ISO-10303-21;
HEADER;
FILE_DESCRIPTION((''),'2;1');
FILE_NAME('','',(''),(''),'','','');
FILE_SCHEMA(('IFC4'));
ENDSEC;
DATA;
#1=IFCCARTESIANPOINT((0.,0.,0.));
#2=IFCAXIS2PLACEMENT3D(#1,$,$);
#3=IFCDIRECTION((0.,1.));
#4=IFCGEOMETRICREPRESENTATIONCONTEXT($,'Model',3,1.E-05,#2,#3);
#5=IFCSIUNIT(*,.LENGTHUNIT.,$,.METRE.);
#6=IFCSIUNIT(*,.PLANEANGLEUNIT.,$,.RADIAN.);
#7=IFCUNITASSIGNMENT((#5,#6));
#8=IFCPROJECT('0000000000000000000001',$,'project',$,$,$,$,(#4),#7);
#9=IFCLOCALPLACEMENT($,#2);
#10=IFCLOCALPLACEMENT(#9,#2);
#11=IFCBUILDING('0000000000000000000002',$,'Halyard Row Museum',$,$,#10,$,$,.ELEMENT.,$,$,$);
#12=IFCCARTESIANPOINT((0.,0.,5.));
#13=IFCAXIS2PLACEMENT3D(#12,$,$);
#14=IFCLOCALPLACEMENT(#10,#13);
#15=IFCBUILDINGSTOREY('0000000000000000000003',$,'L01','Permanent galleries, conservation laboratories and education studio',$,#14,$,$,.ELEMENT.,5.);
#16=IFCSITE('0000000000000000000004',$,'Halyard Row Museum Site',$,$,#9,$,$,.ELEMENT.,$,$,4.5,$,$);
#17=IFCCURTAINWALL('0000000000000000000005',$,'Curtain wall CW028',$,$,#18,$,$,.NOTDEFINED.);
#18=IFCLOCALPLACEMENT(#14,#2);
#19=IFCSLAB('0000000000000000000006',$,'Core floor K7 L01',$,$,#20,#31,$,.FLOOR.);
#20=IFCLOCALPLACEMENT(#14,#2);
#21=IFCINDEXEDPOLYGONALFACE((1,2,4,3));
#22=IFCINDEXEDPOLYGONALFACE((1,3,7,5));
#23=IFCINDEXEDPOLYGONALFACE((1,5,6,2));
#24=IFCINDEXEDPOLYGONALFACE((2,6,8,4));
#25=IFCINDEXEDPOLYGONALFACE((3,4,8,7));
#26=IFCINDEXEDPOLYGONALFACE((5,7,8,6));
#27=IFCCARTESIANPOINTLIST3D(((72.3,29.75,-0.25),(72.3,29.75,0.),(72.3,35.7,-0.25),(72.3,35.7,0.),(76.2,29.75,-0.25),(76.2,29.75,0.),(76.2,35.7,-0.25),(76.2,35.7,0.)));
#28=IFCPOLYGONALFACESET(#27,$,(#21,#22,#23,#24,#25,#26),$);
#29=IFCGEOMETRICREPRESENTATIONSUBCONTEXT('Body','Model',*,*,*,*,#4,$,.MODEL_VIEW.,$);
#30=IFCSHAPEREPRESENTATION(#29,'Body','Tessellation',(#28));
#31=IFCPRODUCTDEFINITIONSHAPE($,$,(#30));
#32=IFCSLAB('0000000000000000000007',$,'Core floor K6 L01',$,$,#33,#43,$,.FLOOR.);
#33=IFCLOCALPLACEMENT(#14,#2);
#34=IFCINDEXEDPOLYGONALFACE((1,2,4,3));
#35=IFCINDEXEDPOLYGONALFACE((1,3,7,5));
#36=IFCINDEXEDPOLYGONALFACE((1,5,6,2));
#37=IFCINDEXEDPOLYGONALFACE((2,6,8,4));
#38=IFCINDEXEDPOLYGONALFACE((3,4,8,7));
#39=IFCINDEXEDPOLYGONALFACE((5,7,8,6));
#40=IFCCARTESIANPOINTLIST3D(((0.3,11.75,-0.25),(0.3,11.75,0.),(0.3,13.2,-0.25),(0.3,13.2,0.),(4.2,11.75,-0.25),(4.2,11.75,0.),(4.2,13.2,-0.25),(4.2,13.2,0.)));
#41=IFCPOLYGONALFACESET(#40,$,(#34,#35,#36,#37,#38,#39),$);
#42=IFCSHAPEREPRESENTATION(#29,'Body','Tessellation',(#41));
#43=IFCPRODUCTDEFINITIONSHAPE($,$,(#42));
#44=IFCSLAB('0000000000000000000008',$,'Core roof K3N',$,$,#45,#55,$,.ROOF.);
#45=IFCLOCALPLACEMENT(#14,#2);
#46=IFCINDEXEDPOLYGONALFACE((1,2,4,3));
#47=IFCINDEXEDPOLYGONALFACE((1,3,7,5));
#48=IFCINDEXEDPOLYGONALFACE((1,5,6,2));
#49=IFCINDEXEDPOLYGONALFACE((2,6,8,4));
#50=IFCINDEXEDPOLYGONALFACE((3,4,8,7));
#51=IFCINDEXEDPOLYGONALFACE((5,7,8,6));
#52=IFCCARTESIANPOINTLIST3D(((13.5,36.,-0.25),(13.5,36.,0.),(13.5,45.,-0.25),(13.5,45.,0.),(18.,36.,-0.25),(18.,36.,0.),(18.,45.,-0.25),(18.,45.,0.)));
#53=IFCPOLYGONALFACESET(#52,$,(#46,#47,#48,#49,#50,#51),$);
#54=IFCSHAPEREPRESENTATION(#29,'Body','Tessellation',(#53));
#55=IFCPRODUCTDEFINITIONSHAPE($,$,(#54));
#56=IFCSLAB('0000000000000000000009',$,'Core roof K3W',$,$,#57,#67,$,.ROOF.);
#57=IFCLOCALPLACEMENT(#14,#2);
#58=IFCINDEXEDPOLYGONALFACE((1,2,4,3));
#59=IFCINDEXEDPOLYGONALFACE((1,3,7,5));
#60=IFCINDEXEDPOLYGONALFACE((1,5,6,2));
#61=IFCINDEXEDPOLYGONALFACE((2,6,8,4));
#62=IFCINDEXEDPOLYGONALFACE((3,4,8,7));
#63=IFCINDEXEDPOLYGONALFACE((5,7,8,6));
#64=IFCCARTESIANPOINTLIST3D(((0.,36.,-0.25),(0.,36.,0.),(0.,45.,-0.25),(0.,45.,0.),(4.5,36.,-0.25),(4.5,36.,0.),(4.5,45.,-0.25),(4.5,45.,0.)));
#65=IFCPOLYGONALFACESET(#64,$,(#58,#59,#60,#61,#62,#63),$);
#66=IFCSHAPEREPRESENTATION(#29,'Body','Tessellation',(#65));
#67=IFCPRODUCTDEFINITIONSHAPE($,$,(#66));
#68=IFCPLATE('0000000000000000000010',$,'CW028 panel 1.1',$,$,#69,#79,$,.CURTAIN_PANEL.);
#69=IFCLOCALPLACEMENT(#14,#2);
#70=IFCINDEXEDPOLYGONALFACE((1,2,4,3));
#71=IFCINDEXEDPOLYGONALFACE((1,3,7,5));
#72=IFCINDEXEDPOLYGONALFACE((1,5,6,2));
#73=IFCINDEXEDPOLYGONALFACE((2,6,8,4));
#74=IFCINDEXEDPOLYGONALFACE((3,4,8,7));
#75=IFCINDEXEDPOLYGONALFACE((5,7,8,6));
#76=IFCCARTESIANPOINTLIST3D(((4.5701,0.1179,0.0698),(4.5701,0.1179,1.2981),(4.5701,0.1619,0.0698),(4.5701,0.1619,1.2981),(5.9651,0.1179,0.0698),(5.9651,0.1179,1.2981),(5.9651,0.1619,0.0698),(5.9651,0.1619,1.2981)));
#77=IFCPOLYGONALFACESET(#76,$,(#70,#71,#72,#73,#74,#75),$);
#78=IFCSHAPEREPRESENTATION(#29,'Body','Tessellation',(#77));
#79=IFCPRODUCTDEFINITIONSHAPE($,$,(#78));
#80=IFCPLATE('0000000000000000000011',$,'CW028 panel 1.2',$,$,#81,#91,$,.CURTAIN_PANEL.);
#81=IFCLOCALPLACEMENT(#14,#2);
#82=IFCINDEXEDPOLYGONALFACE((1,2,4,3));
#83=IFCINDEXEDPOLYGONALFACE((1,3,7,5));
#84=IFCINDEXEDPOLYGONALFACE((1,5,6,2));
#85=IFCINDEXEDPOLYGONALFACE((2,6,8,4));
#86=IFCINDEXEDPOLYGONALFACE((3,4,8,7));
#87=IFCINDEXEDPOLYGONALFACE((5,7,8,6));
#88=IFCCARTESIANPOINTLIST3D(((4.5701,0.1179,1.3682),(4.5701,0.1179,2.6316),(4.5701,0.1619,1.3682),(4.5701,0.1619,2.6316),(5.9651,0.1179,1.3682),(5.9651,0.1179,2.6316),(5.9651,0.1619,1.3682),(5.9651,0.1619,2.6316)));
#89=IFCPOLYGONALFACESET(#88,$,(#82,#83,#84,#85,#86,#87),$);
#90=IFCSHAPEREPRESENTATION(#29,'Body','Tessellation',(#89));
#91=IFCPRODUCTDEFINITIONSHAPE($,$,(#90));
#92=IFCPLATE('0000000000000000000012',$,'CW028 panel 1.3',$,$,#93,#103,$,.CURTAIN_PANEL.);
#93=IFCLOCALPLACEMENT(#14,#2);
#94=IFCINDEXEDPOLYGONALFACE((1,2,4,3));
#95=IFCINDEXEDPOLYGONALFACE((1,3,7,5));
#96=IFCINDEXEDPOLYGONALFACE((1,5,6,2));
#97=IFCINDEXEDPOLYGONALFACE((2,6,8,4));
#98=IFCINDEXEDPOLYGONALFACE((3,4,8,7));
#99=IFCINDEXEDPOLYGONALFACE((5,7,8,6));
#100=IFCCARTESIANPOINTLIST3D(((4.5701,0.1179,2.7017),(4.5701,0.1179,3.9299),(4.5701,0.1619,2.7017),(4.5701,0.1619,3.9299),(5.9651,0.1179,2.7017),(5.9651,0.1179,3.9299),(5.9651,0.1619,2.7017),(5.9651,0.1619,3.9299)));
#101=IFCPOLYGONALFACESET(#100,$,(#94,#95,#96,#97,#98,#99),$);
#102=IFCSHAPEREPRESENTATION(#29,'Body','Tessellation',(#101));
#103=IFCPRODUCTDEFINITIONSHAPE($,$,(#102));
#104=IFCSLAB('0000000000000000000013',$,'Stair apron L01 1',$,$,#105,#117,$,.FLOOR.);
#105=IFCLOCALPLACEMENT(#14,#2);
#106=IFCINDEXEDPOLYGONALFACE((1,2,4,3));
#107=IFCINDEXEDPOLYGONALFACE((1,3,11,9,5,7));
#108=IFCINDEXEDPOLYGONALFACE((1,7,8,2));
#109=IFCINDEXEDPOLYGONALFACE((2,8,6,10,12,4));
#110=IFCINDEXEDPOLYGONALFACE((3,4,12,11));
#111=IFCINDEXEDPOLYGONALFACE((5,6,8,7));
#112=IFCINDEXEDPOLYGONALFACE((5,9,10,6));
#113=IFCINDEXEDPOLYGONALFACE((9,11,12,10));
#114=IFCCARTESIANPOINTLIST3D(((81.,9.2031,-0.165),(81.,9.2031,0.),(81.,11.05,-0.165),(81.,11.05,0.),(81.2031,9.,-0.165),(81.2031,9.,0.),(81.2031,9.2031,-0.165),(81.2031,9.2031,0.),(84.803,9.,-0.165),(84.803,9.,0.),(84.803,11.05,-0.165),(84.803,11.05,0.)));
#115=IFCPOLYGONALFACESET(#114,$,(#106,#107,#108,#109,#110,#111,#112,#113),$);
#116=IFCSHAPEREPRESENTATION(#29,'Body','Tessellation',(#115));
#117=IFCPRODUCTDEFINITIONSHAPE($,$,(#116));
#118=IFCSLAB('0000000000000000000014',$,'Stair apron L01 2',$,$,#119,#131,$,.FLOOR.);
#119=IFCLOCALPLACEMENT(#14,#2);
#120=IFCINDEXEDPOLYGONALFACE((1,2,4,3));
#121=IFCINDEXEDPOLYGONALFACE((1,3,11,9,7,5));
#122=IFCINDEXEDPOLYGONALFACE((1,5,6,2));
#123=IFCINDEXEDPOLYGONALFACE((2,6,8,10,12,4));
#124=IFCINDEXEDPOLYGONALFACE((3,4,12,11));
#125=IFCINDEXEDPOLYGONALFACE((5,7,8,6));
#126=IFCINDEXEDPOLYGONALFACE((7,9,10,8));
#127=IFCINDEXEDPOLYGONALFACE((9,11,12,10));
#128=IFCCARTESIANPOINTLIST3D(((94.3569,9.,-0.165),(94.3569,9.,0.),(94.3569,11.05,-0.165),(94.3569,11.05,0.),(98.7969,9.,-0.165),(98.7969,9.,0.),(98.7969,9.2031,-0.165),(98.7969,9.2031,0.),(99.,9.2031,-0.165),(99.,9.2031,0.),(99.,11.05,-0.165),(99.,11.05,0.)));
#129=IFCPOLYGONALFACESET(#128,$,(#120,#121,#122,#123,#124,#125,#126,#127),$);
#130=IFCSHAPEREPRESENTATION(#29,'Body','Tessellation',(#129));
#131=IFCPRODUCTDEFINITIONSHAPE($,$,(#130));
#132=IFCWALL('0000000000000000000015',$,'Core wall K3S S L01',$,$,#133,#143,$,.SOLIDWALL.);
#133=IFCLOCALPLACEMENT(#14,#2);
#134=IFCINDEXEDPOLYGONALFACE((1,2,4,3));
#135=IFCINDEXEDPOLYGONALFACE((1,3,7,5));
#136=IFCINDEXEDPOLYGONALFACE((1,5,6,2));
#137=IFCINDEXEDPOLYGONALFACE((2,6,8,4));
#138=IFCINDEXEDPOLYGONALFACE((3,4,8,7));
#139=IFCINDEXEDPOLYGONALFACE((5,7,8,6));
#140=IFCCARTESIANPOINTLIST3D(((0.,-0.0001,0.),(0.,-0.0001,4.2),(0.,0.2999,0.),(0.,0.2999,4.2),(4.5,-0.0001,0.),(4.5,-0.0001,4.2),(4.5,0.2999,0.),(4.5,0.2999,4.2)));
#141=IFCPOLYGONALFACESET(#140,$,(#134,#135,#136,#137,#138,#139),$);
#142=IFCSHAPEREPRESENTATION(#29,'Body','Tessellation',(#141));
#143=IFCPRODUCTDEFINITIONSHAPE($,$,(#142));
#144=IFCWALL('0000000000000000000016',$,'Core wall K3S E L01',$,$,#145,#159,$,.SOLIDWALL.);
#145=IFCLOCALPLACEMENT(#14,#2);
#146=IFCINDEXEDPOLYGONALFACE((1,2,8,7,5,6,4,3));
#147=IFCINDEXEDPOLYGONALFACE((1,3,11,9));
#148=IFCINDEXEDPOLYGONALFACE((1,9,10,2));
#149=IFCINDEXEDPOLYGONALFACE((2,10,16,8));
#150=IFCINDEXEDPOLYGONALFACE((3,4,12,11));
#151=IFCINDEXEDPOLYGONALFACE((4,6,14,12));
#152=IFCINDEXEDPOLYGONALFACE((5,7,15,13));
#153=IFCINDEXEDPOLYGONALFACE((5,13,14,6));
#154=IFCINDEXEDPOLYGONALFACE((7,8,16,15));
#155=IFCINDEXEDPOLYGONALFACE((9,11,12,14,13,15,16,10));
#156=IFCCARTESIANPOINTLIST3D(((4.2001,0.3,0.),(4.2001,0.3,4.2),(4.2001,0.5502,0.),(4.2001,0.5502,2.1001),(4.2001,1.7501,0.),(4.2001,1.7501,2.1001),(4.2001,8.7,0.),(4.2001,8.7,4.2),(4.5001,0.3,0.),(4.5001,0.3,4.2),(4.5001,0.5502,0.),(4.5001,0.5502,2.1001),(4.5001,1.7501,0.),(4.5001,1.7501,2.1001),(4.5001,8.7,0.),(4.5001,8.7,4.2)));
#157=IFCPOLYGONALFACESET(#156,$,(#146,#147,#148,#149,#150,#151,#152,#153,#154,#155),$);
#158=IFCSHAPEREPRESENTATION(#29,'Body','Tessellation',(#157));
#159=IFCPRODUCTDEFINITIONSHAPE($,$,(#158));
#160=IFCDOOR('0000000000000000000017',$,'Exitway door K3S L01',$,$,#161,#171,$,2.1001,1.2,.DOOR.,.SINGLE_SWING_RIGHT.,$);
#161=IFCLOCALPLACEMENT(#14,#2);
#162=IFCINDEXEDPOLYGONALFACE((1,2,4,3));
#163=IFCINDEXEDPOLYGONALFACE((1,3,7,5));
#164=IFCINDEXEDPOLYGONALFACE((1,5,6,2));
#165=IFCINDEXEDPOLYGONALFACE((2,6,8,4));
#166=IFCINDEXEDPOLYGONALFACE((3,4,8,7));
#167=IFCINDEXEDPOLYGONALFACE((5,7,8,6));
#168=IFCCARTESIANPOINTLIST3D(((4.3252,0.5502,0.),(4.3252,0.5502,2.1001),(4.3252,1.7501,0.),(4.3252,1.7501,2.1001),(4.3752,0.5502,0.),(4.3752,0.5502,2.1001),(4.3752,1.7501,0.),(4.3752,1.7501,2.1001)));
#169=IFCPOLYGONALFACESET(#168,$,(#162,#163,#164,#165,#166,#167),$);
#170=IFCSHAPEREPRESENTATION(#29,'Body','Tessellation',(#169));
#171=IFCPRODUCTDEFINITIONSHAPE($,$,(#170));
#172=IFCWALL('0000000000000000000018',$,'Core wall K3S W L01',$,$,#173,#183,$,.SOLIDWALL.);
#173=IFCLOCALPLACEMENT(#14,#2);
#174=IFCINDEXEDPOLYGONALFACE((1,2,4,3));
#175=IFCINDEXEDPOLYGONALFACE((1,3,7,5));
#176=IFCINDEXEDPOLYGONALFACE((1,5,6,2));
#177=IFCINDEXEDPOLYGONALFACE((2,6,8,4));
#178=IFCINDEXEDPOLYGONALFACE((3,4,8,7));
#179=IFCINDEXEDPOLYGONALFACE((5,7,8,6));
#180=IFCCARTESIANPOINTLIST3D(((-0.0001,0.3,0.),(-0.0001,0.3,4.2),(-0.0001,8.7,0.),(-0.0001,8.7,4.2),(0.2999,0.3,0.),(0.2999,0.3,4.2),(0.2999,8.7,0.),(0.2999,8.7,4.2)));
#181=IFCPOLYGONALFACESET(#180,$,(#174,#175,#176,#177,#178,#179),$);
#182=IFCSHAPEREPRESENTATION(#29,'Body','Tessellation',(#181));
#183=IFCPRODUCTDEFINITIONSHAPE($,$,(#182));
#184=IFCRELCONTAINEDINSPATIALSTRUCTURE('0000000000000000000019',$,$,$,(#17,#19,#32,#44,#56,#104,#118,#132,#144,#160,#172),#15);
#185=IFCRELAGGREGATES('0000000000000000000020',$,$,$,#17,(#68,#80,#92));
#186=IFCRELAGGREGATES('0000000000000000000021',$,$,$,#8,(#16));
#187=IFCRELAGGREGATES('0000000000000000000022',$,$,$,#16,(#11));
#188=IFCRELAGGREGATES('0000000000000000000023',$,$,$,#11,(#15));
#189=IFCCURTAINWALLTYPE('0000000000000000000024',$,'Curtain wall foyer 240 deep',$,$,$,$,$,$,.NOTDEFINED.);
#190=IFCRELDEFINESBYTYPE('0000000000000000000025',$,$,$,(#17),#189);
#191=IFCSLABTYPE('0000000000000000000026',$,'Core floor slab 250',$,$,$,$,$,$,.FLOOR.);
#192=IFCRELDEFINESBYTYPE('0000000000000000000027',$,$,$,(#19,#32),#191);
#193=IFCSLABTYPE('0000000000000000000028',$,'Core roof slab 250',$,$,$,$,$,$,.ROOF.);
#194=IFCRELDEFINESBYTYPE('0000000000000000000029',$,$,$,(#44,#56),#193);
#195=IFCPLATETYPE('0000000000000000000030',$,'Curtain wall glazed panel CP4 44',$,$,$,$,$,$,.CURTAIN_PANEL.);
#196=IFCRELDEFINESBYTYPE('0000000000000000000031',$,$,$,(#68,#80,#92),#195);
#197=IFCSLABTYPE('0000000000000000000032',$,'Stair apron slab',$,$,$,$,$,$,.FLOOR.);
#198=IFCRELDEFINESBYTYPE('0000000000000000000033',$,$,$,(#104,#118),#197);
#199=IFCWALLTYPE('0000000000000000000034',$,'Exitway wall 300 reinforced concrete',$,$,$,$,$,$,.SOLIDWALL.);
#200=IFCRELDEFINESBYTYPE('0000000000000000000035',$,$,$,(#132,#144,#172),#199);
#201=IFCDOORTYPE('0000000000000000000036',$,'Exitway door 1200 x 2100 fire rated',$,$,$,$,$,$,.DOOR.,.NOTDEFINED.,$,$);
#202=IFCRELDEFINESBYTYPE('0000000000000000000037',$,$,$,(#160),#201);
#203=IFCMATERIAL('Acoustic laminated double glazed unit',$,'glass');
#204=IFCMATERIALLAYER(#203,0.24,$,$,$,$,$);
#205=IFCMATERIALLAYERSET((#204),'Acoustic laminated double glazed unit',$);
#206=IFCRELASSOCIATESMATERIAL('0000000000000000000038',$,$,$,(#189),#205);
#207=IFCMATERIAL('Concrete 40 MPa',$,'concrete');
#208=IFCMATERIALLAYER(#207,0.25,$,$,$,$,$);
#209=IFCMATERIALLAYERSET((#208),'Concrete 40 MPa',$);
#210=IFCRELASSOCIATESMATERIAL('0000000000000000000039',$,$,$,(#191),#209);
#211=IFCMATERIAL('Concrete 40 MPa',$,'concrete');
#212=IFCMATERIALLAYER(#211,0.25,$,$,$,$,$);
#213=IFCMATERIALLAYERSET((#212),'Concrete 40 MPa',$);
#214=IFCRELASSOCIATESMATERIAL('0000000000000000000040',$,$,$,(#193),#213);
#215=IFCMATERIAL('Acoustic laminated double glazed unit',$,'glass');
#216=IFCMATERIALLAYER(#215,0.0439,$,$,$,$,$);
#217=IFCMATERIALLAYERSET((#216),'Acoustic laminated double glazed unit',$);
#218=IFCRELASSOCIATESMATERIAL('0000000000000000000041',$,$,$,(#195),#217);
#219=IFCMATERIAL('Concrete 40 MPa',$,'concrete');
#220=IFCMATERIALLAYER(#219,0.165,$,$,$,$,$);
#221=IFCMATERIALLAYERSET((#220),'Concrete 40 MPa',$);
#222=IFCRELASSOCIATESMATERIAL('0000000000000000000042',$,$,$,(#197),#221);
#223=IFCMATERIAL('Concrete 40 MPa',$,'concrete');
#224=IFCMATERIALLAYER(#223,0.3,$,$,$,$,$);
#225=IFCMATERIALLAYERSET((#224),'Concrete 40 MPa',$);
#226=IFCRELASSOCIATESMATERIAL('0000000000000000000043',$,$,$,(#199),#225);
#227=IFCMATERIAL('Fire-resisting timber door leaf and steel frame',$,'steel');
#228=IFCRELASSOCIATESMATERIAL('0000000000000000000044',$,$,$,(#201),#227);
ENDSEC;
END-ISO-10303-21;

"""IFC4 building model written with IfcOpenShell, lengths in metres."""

from ifc_helpers import new_model, si_unit, direction, frame, frame_2d, origin, origin_2d, place, context, subcontext, project, spatial, polyline, rectangle, outline, extrude, material, layer, layer_set, type_object, element, fill, aggregate, save


model = new_model("IFC4")

# Units and contexts
model_context = context("Model", 3, precision=1e-05, world=origin(), true_north=direction((0.0, 1.0)))
body_context = subcontext(model_context, "Body", "Model", "MODEL_VIEW")
ifc_project = project(units=[si_unit("LENGTHUNIT", "METRE"), si_unit("PLANEANGLEUNIT", "RADIAN")], contexts=[model_context])

# Site, building, storey
site_placement = place(None, origin())
site = spatial("IfcSite", under=ifc_project, at=site_placement, Name="Halyard Row Museum Site", CompositionType="ELEMENT", RefElevation=4.5)
building_placement = place(site_placement, origin())
building = spatial("IfcBuilding", under=site, at=building_placement, Name="Halyard Row Museum", CompositionType="ELEMENT")
storey_placement = place(building_placement, frame((0.0, 0.0, 5.0)))
storey = spatial("IfcBuildingStorey", under=building, at=storey_placement, Name="L01", Description="Permanent galleries, conservation laboratories and education studio", CompositionType="ELEMENT", Elevation=5.0)

# Curtain wall
ifc_material_1 = material(Name="Acoustic laminated double glazed unit", Category="glass")
ifc_layer_1 = layer(ifc_material_1, 0.24)
ifc_layer_set_1 = layer_set([ifc_layer_1], Name="Acoustic laminated double glazed unit")
curtain_wall_type = type_object("IfcCurtainWallType", Name="Curtain wall foyer 240 deep", PredefinedType="NOTDEFINED", material=ifc_layer_set_1)
curtain_wall_placement = place(storey_placement, origin())
curtain_wall = element("IfcCurtainWall", 1, at=curtain_wall_placement, inside=storey, type_object=curtain_wall_type, Name="Curtain wall CW028", PredefinedType="NOTDEFINED")

# Slabs
ifc_material_2 = material(Name="Concrete 40 MPa", Category="concrete")
ifc_layer_2 = layer(ifc_material_2, 0.25)
ifc_layer_set_2 = layer_set([ifc_layer_2], Name="Concrete 40 MPa")
slab_type_1 = type_object("IfcSlabType", Name="Core floor slab 250", PredefinedType="FLOOR", material=ifc_layer_set_2)
slab_1_placement = place(storey_placement, frame((0.0, 0.0, -0.25)))
element("IfcSlab", 2, at=slab_1_placement, inside=storey, type_object=slab_type_1, Name="Core floor K7 L01", PredefinedType="FLOOR", context=body_context, shape_type="SweptSolid", body=[
    extrude(outline(polyline([(76.2, 35.7), (72.3, 35.7), (72.3, 29.75), (76.2, 29.75), (76.2, 35.7)])), origin(), (0.0, 0.0, 1.0), 0.25),
])
slab_2_placement = place(storey_placement, frame((0.0, 0.0, -0.25)))
element("IfcSlab", 3, at=slab_2_placement, inside=storey, type_object=slab_type_1, Name="Core floor K6 L01", PredefinedType="FLOOR", context=body_context, shape_type="SweptSolid", body=[
    extrude(outline(polyline([(4.2, 13.2), (0.3, 13.2), (0.3, 11.75), (4.2, 11.75), (4.2, 13.2)])), origin(), (0.0, 0.0, 1.0), 0.25),
])
ifc_material_3 = material(Name="Concrete 40 MPa", Category="concrete")
ifc_layer_3 = layer(ifc_material_3, 0.25)
ifc_layer_set_3 = layer_set([ifc_layer_3], Name="Concrete 40 MPa")
slab_type_2 = type_object("IfcSlabType", Name="Core roof slab 250", PredefinedType="ROOF", material=ifc_layer_set_3)
slab_3_placement = place(storey_placement, frame((0.0, 0.0, -0.25)))
element("IfcSlab", 4, at=slab_3_placement, inside=storey, type_object=slab_type_2, Name="Core roof K3N", PredefinedType="ROOF", context=body_context, shape_type="SweptSolid", body=[
    extrude(outline(polyline([(13.5, 36.0), (18.0, 36.0), (18.0, 45.0), (13.5, 45.0), (13.5, 36.0)])), origin(), (0.0, 0.0, 1.0), 0.25),
])
slab_4_placement = place(storey_placement, frame((0.0, 0.0, -0.25)))
element("IfcSlab", 5, at=slab_4_placement, inside=storey, type_object=slab_type_2, Name="Core roof K3W", PredefinedType="ROOF", context=body_context, shape_type="SweptSolid", body=[
    extrude(outline(polyline([(0.0, 36.0), (4.5, 36.0), (4.5, 45.0), (0.0, 45.0), (0.0, 36.0)])), origin(), (0.0, 0.0, 1.0), 0.25),
])

# Plates
ifc_material_4 = material(Name="Acoustic laminated double glazed unit", Category="glass")
ifc_layer_4 = layer(ifc_material_4, 0.0439)
ifc_layer_set_4 = layer_set([ifc_layer_4], Name="Acoustic laminated double glazed unit")
plate_type = type_object("IfcPlateType", Name="Curtain wall glazed panel CP4 44", PredefinedType="CURTAIN_PANEL", material=ifc_layer_set_4)
plate_1_placement = place(storey_placement, frame((5.2676, 0.1399, 0.0698), z_axis=(0.0, 0.0, 1.0), x_axis=(1.0, 0.0, 0.0)))
plate_1 = element("IfcPlate", 6, at=plate_1_placement, type_object=plate_type, Name="CW028 panel 1.1", PredefinedType="CURTAIN_PANEL", context=body_context, shape_type="SweptSolid", body=[
    extrude(rectangle(XDim=1.395, YDim=0.0439, at=origin_2d()), origin(), (0.0, 0.0, 1.0), 1.2283),
])
plate_2_placement = place(storey_placement, frame((5.2676, 0.1399, 1.3682), z_axis=(0.0, 0.0, 1.0), x_axis=(1.0, 0.0, 0.0)))
plate_2 = element("IfcPlate", 7, at=plate_2_placement, type_object=plate_type, Name="CW028 panel 1.2", PredefinedType="CURTAIN_PANEL", context=body_context, shape_type="SweptSolid", body=[
    extrude(rectangle(XDim=1.395, YDim=0.0439, at=origin_2d()), origin(), (0.0, 0.0, 1.0), 1.2634),
])
plate_3_placement = place(storey_placement, frame((5.2676, 0.1399, 2.7017), z_axis=(0.0, 0.0, 1.0), x_axis=(1.0, 0.0, 0.0)))
plate_3 = element("IfcPlate", 8, at=plate_3_placement, type_object=plate_type, Name="CW028 panel 1.3", PredefinedType="CURTAIN_PANEL", context=body_context, shape_type="SweptSolid", body=[
    extrude(rectangle(XDim=1.395, YDim=0.0439, at=origin_2d()), origin(), (0.0, 0.0, 1.0), 1.2283),
])
aggregate(curtain_wall, [plate_1, plate_2, plate_3])

# Slabs
ifc_material_5 = material(Name="Concrete 40 MPa", Category="concrete")
ifc_layer_5 = layer(ifc_material_5, 0.165)
ifc_layer_set_5 = layer_set([ifc_layer_5], Name="Concrete 40 MPa")
slab_type_3 = type_object("IfcSlabType", Name="Stair apron slab", PredefinedType="FLOOR", material=ifc_layer_set_5)
slab_5_placement = place(storey_placement, frame((0.0, 0.0, -0.165)))
element("IfcSlab", 9, at=slab_5_placement, inside=storey, type_object=slab_type_3, Name="Stair apron L01 1", PredefinedType="FLOOR", context=body_context, shape_type="SweptSolid", body=[
    extrude(outline(polyline([(81.0, 11.05), (84.803, 11.05), (84.803, 9.0), (81.2031, 9.0), (81.2031, 9.2031), (81.0, 9.2031), (81.0, 11.05)])), origin(), (0.0, 0.0, 1.0), 0.165),
])
slab_6_placement = place(storey_placement, frame((0.0, 0.0, -0.165)))
element("IfcSlab", 10, at=slab_6_placement, inside=storey, type_object=slab_type_3, Name="Stair apron L01 2", PredefinedType="FLOOR", context=body_context, shape_type="SweptSolid", body=[
    extrude(outline(polyline([(94.3569, 9.0), (94.3569, 11.05), (99.0, 11.05), (99.0, 9.2031), (98.7969, 9.2031), (98.7969, 9.0), (94.3569, 9.0)])), origin(), (0.0, 0.0, 1.0), 0.165),
])

# Wall
ifc_material_6 = material(Name="Concrete 40 MPa", Category="concrete")
ifc_layer_6 = layer(ifc_material_6, 0.3)
ifc_layer_set_6 = layer_set([ifc_layer_6], Name="Concrete 40 MPa")
wall_type = type_object("IfcWallType", Name="Exitway wall 300 reinforced concrete", PredefinedType="SOLIDWALL", material=ifc_layer_set_6)
wall_1_placement = place(storey_placement, frame((0.0, 0.1499, 0.0), z_axis=(0.0, 0.0, 1.0), x_axis=(1.0, 0.0, 0.0)))
element("IfcWall", 11, at=wall_1_placement, inside=storey, type_object=wall_type, Name="Core wall K3S S L01", PredefinedType="SOLIDWALL", context=body_context, shape_type="SweptSolid", body=[
    extrude(rectangle(XDim=4.5, YDim=0.3, at=frame_2d((2.25, 0.0))), origin(), (0.0, 0.0, 1.0), 4.2),
])

# Wall, opening, door
wall_2_placement = place(storey_placement, frame((4.3501, 0.3, 0.0), z_axis=(0.0, 0.0, 1.0), x_axis=(0.0, 1.0, 0.0)))
wall_2 = element("IfcWall", 12, at=wall_2_placement, inside=storey, type_object=wall_type, Name="Core wall K3S E L01", PredefinedType="SOLIDWALL", context=body_context, shape_type="SweptSolid", body=[
    extrude(rectangle(XDim=8.3999, YDim=0.3, at=frame_2d((4.2, 0.0))), origin(), (0.0, 0.0, 1.0), 4.2),
])
opening_placement = place(wall_2_placement, frame((0.25, 0.0, 0.0)))
opening = element("IfcOpeningElement", 13, at=opening_placement, cuts=wall_2, PredefinedType="OPENING", context=body_context, shape_type="SweptSolid", body=[
    extrude(rectangle(XDim=1.2, YDim=2.1001, at=frame_2d((0.6001, 1.05))), frame((0.0, 0.1599, 0.0), z_axis=(0.0, -1.0, 0.0), x_axis=(1.0, 0.0, 0.0)), (0.0, 0.0, 1.0), 0.3201),
])
ifc_material_7 = material(Name="Fire-resisting timber door leaf and steel frame", Category="steel")
door_type = type_object("IfcDoorType", Name="Exitway door 1200 x 2100 fire rated", OperationType="NOTDEFINED", PredefinedType="DOOR", material=ifc_material_7)
door_placement = place(opening_placement, origin())
door = element("IfcDoor", 14, at=door_placement, inside=storey, type_object=door_type, Name="Exitway door K3S L01", OperationType="SINGLE_SWING_RIGHT", OverallHeight=2.1001, OverallWidth=1.2, PredefinedType="DOOR", context=body_context, shape_type="SweptSolid", body=[
    extrude(rectangle(XDim=1.2, YDim=2.1001, at=frame_2d((0.6001, 1.05))), frame((0.0, 0.0249, 0.0), z_axis=(0.0, -1.0, 0.0), x_axis=(1.0, 0.0, 0.0)), (0.0, 0.0, 1.0), 0.05),
])
fill(opening, door)

# Wall
wall_3_placement = place(storey_placement, frame((0.1499, 0.3, 0.0), z_axis=(0.0, 0.0, 1.0), x_axis=(0.0, 1.0, 0.0)))
element("IfcWall", 15, at=wall_3_placement, inside=storey, type_object=wall_type, Name="Core wall K3S W L01", PredefinedType="SOLIDWALL", context=body_context, shape_type="SweptSolid", body=[
    extrude(rectangle(XDim=8.3999, YDim=0.3, at=frame_2d((4.2, 0.0))), origin(), (0.0, 0.0, 1.0), 4.2),
])

save(model, "model.ifc")
